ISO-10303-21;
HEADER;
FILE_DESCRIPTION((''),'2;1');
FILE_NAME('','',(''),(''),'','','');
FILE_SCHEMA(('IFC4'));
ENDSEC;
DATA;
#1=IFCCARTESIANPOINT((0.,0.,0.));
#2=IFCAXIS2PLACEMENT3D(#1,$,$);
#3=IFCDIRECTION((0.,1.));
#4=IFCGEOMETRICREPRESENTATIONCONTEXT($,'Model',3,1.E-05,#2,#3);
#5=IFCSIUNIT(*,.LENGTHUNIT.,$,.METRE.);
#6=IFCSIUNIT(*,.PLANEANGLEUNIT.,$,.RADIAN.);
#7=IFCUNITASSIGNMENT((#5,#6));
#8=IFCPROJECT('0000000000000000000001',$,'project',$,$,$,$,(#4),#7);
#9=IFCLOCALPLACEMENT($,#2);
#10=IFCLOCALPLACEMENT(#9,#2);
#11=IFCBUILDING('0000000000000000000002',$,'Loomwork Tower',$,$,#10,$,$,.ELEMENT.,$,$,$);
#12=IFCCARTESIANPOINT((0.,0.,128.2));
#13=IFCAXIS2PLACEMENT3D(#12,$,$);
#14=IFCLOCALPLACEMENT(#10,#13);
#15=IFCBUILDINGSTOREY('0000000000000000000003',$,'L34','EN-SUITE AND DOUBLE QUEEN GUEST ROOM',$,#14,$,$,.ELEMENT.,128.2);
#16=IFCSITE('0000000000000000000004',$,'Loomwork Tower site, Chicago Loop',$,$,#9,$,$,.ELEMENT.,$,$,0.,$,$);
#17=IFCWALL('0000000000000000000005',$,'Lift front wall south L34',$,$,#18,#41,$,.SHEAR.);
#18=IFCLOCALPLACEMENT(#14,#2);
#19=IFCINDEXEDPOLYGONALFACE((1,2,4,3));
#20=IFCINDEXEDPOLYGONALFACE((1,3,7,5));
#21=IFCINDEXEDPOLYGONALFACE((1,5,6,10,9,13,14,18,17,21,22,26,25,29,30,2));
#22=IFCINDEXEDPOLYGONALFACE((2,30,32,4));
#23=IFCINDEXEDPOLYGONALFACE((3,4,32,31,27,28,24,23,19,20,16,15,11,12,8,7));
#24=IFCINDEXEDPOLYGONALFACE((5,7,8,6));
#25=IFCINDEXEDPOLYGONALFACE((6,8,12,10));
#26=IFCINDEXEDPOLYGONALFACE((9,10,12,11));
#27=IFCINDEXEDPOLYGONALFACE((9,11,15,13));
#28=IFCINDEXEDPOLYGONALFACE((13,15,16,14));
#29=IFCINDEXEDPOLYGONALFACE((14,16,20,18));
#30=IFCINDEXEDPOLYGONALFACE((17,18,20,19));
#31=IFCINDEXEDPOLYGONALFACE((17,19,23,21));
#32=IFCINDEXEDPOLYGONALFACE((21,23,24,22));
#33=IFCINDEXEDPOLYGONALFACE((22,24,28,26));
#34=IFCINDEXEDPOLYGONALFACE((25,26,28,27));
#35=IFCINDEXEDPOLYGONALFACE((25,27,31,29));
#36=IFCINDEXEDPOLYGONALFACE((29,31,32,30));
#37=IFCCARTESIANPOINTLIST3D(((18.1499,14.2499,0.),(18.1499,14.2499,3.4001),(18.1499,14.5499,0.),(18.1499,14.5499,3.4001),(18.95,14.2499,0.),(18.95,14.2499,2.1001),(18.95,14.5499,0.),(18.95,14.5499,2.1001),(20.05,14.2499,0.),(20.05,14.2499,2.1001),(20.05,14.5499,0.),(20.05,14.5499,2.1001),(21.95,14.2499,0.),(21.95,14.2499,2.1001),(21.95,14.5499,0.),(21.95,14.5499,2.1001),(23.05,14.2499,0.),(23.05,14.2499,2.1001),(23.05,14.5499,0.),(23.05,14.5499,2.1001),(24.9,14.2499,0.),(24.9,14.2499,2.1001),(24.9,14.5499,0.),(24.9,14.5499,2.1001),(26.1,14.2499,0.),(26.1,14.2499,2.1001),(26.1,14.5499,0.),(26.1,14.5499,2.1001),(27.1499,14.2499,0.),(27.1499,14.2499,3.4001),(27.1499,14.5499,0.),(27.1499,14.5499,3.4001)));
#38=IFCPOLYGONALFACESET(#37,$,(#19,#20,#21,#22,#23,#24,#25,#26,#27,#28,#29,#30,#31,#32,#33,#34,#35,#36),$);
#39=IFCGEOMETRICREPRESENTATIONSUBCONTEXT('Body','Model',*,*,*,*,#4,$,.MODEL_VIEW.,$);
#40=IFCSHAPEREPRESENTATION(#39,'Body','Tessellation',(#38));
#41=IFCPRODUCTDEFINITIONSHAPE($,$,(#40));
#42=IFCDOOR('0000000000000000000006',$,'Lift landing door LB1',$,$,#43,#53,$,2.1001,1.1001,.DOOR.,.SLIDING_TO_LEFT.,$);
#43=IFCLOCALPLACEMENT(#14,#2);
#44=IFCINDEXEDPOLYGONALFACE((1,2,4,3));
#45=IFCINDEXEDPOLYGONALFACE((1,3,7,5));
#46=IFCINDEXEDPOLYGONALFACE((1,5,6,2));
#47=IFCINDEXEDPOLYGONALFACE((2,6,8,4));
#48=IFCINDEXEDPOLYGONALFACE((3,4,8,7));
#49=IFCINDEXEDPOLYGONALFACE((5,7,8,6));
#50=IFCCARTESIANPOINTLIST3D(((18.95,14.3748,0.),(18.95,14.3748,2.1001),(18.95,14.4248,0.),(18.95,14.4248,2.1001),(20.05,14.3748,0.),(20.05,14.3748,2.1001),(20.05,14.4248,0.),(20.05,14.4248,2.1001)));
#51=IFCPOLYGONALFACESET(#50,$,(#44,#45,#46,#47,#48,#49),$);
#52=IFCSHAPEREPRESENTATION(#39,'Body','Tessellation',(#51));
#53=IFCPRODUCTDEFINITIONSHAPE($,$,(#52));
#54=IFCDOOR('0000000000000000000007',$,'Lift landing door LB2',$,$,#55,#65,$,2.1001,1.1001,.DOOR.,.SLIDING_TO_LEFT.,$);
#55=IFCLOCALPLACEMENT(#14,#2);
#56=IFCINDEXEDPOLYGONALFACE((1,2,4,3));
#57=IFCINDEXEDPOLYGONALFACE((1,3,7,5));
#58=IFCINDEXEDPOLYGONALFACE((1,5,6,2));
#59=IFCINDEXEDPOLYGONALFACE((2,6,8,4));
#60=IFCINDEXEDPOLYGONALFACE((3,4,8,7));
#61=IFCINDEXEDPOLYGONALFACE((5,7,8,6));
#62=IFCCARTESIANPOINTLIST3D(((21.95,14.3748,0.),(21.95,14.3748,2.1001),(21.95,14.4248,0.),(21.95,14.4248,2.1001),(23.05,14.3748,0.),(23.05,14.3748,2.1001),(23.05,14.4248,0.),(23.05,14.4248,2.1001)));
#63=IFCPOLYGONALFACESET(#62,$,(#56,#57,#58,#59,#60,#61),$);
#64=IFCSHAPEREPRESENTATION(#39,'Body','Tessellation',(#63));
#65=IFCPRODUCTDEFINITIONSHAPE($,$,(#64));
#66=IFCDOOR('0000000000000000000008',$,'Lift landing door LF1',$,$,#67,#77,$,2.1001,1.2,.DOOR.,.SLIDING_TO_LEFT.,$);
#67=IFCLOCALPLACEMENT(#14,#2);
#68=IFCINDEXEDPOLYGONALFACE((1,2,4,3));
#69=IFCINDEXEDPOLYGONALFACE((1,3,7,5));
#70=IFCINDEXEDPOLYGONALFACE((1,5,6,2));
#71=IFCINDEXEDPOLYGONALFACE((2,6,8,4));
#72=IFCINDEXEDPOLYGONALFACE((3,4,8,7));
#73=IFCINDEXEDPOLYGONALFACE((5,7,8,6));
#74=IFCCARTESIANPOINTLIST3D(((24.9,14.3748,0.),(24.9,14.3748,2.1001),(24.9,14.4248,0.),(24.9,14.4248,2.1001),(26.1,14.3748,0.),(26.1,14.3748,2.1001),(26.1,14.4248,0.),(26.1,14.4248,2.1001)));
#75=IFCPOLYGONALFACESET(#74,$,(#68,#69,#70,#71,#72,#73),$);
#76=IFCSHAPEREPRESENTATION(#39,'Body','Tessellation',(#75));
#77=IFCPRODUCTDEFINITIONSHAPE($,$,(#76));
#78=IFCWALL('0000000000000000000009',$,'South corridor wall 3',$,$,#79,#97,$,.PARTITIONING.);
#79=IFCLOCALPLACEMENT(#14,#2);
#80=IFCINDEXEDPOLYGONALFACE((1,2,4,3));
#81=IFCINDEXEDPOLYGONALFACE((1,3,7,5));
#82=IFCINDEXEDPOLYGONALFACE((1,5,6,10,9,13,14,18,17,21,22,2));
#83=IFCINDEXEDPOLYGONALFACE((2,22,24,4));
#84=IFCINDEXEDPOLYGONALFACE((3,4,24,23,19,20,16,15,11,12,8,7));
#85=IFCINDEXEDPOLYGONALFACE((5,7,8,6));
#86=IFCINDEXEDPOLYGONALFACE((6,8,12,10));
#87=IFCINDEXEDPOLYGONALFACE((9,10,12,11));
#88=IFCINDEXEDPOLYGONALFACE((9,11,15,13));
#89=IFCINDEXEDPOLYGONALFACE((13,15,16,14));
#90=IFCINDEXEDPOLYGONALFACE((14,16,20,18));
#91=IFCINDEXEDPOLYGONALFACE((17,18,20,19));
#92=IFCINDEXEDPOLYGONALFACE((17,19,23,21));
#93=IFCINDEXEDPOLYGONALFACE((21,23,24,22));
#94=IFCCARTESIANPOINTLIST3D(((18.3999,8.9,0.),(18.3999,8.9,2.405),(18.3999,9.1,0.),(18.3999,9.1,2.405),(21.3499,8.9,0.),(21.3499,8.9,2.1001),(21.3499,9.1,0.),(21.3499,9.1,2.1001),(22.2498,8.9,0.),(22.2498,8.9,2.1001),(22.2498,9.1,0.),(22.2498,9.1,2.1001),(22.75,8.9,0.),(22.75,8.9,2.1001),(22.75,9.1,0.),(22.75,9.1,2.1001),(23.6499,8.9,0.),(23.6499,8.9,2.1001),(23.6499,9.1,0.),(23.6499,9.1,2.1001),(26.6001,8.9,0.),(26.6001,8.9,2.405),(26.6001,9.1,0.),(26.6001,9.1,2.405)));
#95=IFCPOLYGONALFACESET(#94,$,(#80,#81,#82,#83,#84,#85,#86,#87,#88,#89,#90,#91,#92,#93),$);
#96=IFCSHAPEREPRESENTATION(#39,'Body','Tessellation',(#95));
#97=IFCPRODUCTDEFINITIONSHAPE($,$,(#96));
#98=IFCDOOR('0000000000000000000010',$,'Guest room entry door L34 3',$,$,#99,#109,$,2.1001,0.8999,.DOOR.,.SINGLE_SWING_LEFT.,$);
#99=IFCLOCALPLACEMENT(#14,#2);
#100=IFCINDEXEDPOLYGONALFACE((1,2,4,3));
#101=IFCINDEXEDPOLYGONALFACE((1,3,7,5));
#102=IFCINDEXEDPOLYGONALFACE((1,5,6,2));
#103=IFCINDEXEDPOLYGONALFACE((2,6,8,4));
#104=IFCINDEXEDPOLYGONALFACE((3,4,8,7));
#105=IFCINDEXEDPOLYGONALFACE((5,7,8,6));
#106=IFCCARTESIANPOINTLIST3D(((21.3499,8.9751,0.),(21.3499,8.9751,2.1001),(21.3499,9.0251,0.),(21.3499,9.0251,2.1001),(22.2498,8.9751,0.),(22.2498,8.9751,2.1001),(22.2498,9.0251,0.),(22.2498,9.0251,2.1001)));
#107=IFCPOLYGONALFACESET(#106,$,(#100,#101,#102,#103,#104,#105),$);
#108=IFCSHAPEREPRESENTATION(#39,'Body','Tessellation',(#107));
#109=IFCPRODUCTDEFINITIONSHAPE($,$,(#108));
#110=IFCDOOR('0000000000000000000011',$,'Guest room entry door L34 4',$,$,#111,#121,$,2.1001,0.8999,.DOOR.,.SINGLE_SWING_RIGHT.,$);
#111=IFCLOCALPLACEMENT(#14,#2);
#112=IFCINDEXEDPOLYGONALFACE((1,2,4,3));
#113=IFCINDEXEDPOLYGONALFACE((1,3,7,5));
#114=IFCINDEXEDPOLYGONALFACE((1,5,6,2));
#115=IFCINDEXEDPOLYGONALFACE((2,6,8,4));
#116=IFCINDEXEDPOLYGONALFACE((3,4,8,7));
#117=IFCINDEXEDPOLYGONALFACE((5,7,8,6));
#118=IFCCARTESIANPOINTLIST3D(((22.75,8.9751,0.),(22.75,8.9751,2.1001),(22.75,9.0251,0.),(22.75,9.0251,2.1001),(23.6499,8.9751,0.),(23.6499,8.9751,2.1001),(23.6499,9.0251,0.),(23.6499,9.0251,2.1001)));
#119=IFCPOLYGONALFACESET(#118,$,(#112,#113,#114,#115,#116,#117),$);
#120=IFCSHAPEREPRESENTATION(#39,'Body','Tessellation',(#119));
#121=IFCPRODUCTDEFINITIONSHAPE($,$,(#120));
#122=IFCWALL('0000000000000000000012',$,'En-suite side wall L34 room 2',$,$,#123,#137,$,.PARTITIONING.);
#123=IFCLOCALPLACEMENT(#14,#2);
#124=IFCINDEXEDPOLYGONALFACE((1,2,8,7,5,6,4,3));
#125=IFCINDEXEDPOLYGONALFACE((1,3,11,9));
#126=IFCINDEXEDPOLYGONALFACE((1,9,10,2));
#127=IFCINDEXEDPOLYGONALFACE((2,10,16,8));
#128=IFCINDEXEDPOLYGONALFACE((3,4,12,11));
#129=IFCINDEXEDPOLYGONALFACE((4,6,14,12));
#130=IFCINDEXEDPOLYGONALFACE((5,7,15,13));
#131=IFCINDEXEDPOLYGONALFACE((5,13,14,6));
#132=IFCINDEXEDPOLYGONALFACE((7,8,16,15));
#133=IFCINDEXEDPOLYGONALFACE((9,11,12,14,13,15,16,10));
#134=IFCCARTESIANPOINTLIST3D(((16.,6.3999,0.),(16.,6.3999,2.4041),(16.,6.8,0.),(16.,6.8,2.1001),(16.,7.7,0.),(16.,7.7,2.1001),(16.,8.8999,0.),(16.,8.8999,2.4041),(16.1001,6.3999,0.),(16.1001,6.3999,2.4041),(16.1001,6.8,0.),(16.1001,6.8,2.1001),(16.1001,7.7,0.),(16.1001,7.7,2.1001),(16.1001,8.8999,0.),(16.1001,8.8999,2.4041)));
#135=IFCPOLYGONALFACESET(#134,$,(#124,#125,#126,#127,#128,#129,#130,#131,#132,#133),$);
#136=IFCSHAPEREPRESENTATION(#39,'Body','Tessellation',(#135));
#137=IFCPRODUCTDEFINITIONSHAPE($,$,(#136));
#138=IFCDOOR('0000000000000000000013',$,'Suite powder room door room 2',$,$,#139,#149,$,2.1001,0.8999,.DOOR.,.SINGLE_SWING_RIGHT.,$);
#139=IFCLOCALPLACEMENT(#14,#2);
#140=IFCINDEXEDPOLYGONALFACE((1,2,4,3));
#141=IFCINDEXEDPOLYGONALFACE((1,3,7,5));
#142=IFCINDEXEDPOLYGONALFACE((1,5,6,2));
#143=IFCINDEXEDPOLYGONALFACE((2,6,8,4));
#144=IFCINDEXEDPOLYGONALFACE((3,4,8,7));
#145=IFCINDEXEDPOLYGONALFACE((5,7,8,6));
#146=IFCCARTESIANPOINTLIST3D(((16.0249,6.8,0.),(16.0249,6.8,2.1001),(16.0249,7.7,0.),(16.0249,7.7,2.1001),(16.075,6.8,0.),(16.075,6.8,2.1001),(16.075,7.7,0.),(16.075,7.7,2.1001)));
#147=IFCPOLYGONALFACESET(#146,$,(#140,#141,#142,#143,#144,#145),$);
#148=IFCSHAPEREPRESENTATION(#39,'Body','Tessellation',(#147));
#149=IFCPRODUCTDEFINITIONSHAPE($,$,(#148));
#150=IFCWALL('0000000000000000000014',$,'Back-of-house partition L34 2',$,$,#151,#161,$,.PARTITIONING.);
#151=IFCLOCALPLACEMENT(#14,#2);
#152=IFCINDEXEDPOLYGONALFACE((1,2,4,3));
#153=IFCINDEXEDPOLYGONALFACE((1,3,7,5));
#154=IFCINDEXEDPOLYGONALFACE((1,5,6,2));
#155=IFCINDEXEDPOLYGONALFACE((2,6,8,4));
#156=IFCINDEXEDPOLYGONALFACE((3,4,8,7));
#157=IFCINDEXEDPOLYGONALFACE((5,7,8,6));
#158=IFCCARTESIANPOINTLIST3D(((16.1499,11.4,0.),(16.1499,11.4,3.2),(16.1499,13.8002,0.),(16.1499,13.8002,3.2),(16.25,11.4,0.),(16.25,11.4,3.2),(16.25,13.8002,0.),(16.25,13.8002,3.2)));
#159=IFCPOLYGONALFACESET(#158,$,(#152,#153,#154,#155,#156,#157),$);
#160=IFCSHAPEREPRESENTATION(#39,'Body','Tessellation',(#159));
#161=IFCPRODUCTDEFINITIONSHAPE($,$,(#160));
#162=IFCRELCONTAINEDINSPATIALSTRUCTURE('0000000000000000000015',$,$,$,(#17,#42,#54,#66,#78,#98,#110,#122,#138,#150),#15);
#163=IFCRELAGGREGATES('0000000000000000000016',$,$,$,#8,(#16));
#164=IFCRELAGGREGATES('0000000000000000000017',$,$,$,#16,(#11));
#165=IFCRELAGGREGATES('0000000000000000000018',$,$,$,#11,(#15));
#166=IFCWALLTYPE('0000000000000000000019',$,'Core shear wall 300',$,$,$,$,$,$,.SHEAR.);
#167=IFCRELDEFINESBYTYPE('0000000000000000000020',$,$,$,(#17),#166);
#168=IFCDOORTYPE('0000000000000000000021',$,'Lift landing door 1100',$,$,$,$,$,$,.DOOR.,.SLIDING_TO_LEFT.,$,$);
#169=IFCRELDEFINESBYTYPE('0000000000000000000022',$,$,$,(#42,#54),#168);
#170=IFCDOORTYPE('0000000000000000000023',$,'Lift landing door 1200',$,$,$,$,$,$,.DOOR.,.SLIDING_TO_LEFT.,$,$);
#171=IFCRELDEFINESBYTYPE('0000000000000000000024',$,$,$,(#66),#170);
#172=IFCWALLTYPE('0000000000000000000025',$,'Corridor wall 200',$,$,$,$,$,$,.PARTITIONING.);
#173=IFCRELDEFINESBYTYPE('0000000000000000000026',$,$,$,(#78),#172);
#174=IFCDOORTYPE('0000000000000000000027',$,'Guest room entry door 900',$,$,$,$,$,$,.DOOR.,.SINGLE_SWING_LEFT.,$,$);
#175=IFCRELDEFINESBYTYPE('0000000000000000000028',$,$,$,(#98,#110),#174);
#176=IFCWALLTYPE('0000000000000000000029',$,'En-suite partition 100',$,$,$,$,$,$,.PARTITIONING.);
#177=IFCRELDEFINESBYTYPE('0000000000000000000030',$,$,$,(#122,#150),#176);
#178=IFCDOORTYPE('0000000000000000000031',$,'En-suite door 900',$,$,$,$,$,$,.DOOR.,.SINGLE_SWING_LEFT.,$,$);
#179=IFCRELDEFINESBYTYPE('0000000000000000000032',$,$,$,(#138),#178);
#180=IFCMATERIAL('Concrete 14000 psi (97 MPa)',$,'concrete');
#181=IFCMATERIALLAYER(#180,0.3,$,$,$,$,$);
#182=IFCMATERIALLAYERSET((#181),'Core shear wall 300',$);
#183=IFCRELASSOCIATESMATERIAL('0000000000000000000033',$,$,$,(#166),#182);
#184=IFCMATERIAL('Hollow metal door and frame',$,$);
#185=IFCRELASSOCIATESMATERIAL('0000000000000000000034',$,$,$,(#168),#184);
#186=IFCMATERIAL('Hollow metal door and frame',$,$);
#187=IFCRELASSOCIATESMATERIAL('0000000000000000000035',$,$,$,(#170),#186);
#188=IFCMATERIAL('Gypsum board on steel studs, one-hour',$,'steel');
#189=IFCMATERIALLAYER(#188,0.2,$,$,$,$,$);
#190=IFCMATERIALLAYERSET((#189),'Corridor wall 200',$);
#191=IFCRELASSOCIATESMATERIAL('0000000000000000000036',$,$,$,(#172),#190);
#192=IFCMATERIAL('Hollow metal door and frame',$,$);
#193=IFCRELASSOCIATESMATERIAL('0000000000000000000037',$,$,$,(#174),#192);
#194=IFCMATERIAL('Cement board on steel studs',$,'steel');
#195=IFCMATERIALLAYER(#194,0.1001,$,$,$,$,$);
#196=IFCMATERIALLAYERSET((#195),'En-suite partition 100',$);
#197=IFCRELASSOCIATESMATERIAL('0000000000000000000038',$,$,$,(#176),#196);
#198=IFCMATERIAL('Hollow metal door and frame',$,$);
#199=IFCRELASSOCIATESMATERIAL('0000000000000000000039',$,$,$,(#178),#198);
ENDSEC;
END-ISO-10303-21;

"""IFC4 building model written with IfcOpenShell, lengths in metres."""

from ifc_helpers import new_model, si_unit, direction, frame, frame_2d, origin, place, context, subcontext, project, spatial, rectangle, extrude, material, layer, layer_set, type_object, element, fill, save


model = new_model("IFC4")

# Units and contexts
model_context = context("Model", 3, precision=1e-05, world=origin(), true_north=direction((0.0, 1.0)))
body_context = subcontext(model_context, "Body", "Model", "MODEL_VIEW")
ifc_project = project(units=[si_unit("LENGTHUNIT", "METRE"), si_unit("PLANEANGLEUNIT", "RADIAN")], contexts=[model_context])

# Site, building, storey
site_placement = place(None, origin())
site = spatial("IfcSite", under=ifc_project, at=site_placement, Name="Loomwork Tower site, Chicago Loop", CompositionType="ELEMENT", RefElevation=0.0)
building_placement = place(site_placement, origin())
building = spatial("IfcBuilding", under=site, at=building_placement, Name="Loomwork Tower", CompositionType="ELEMENT")
storey_placement = place(building_placement, frame((0.0, 0.0, 128.2)))
storey = spatial("IfcBuildingStorey", under=building, at=storey_placement, Name="L34", Description="EN-SUITE AND DOUBLE QUEEN GUEST ROOM", CompositionType="ELEMENT", Elevation=128.2)

# Walls, openings, doors
ifc_material_1 = material(Name="Concrete 14000 psi (97 MPa)", Category="concrete")
ifc_layer_1 = layer(ifc_material_1, 0.3)
ifc_layer_set_1 = layer_set([ifc_layer_1], Name="Core shear wall 300")
wall_type_1 = type_object("IfcWallType", Name="Core shear wall 300", PredefinedType="SHEAR", material=ifc_layer_set_1)
wall_1_placement = place(storey_placement, frame((18.1499, 14.3999, 0.0), z_axis=(0.0, 0.0, 1.0), x_axis=(1.0, 0.0, 0.0)))
wall_1 = element("IfcWall", 1, at=wall_1_placement, inside=storey, type_object=wall_type_1, Name="Lift front wall south L34", PredefinedType="SHEAR", context=body_context, shape_type="SweptSolid", body=[
    extrude(rectangle(XDim=9.0, YDim=0.3, at=frame_2d((4.5, 0.0))), origin(), (0.0, 0.0, 1.0), 3.4001),
])
opening_1_placement = place(wall_1_placement, frame((0.8, 0.0, 0.0)))
opening_1 = element("IfcOpeningElement", 2, at=opening_1_placement, cuts=wall_1, PredefinedType="OPENING", context=body_context, shape_type="SweptSolid", body=[
    extrude(rectangle(XDim=1.1001, YDim=2.1001, at=frame_2d((0.55, 1.05))), frame((0.0, 0.1599, 0.0), z_axis=(0.0, -1.0, 0.0), x_axis=(1.0, 0.0, 0.0)), (0.0, 0.0, 1.0), 0.3201),
])
opening_2_placement = place(wall_1_placement, frame((3.8, 0.0, 0.0)))
opening_2 = element("IfcOpeningElement", 3, at=opening_2_placement, cuts=wall_1, PredefinedType="OPENING", context=body_context, shape_type="SweptSolid", body=[
    extrude(rectangle(XDim=1.1001, YDim=2.1001, at=frame_2d((0.55, 1.05))), frame((0.0, 0.1599, 0.0), z_axis=(0.0, -1.0, 0.0), x_axis=(1.0, 0.0, 0.0)), (0.0, 0.0, 1.0), 0.3201),
])
opening_3_placement = place(wall_1_placement, frame((6.75, 0.0, 0.0)))
opening_3 = element("IfcOpeningElement", 4, at=opening_3_placement, cuts=wall_1, PredefinedType="OPENING", context=body_context, shape_type="SweptSolid", body=[
    extrude(rectangle(XDim=1.2, YDim=2.1001, at=frame_2d((0.6001, 1.05))), frame((0.0, 0.1599, 0.0), z_axis=(0.0, -1.0, 0.0), x_axis=(1.0, 0.0, 0.0)), (0.0, 0.0, 1.0), 0.3201),
])
ifc_material_2 = material(Name="Hollow metal door and frame")
door_type_1 = type_object("IfcDoorType", Name="Lift landing door 1100", OperationType="SLIDING_TO_LEFT", PredefinedType="DOOR", material=ifc_material_2)
door_1_placement = place(opening_1_placement, origin())
door_1 = element("IfcDoor", 5, at=door_1_placement, inside=storey, type_object=door_type_1, Name="Lift landing door LB1", OperationType="SLIDING_TO_LEFT", OverallHeight=2.1001, OverallWidth=1.1001, PredefinedType="DOOR", context=body_context, shape_type="SweptSolid", body=[
    extrude(rectangle(XDim=1.1001, YDim=2.1001, at=frame_2d((0.55, 1.05))), frame((0.0, 0.0249, 0.0), z_axis=(0.0, -1.0, 0.0), x_axis=(1.0, 0.0, 0.0)), (0.0, 0.0, 1.0), 0.05),
])
fill(opening_1, door_1)
door_2_placement = place(opening_2_placement, origin())
door_2 = element("IfcDoor", 6, at=door_2_placement, inside=storey, type_object=door_type_1, Name="Lift landing door LB2", OperationType="SLIDING_TO_LEFT", OverallHeight=2.1001, OverallWidth=1.1001, PredefinedType="DOOR", context=body_context, shape_type="SweptSolid", body=[
    extrude(rectangle(XDim=1.1001, YDim=2.1001, at=frame_2d((0.55, 1.05))), frame((0.0, 0.0249, 0.0), z_axis=(0.0, -1.0, 0.0), x_axis=(1.0, 0.0, 0.0)), (0.0, 0.0, 1.0), 0.05),
])
fill(opening_2, door_2)
ifc_material_3 = material(Name="Hollow metal door and frame")
door_type_2 = type_object("IfcDoorType", Name="Lift landing door 1200", OperationType="SLIDING_TO_LEFT", PredefinedType="DOOR", material=ifc_material_3)
door_3_placement = place(opening_3_placement, origin())
door_3 = element("IfcDoor", 7, at=door_3_placement, inside=storey, type_object=door_type_2, Name="Lift landing door LF1", OperationType="SLIDING_TO_LEFT", OverallHeight=2.1001, OverallWidth=1.2, PredefinedType="DOOR", context=body_context, shape_type="SweptSolid", body=[
    extrude(rectangle(XDim=1.2, YDim=2.1001, at=frame_2d((0.6001, 1.05))), frame((0.0, 0.0249, 0.0), z_axis=(0.0, -1.0, 0.0), x_axis=(1.0, 0.0, 0.0)), (0.0, 0.0, 1.0), 0.05),
])
fill(opening_3, door_3)
ifc_material_4 = material(Name="Gypsum board on steel studs, one-hour", Category="steel")
ifc_layer_2 = layer(ifc_material_4, 0.2)
ifc_layer_set_2 = layer_set([ifc_layer_2], Name="Corridor wall 200")
wall_type_2 = type_object("IfcWallType", Name="Corridor wall 200", PredefinedType="PARTITIONING", material=ifc_layer_set_2)
wall_2_placement = place(storey_placement, frame((18.3999, 9.0, 0.0), z_axis=(0.0, 0.0, 1.0), x_axis=(1.0, 0.0, 0.0)))
wall_2 = element("IfcWall", 8, at=wall_2_placement, inside=storey, type_object=wall_type_2, Name="South corridor wall 3", PredefinedType="PARTITIONING", context=body_context, shape_type="SweptSolid", body=[
    extrude(rectangle(XDim=8.2002, YDim=0.2, at=frame_2d((4.1001, 0.0))), origin(), (0.0, 0.0, 1.0), 2.405),
])
opening_4_placement = place(wall_2_placement, frame((2.95, 0.0, 0.0)))
opening_4 = element("IfcOpeningElement", 9, at=opening_4_placement, cuts=wall_2, PredefinedType="OPENING", context=body_context, shape_type="SweptSolid", body=[
    extrude(rectangle(XDim=0.8999, YDim=2.1001, at=frame_2d((0.45, 1.05))), frame((0.0, 0.1099, 0.0), z_axis=(0.0, -1.0, 0.0), x_axis=(1.0, 0.0, 0.0)), (0.0, 0.0, 1.0), 0.22),
])
opening_5_placement = place(wall_2_placement, frame((4.3501, 0.0, 0.0)))
opening_5 = element("IfcOpeningElement", 10, at=opening_5_placement, cuts=wall_2, PredefinedType="OPENING", context=body_context, shape_type="SweptSolid", body=[
    extrude(rectangle(XDim=0.8999, YDim=2.1001, at=frame_2d((0.45, 1.05))), frame((0.0, 0.1099, 0.0), z_axis=(0.0, -1.0, 0.0), x_axis=(1.0, 0.0, 0.0)), (0.0, 0.0, 1.0), 0.22),
])
ifc_material_5 = material(Name="Hollow metal door and frame")
door_type_3 = type_object("IfcDoorType", Name="Guest room entry door 900", OperationType="SINGLE_SWING_LEFT", PredefinedType="DOOR", material=ifc_material_5)
door_4_placement = place(opening_4_placement, frame((0.8999, 0.0, 0.0), z_axis=(0.0, 0.0, 1.0), x_axis=(-1.0, 0.0, 0.0)))
door_4 = element("IfcDoor", 11, at=door_4_placement, inside=storey, type_object=door_type_3, Name="Guest room entry door L34 3", OperationType="SINGLE_SWING_LEFT", OverallHeight=2.1001, OverallWidth=0.8999, PredefinedType="DOOR", context=body_context, shape_type="SweptSolid", body=[
    extrude(rectangle(XDim=0.8999, YDim=2.1001, at=frame_2d((0.45, 1.05))), frame((0.0, 0.0249, 0.0), z_axis=(0.0, -1.0, 0.0), x_axis=(1.0, 0.0, 0.0)), (0.0, 0.0, 1.0), 0.05),
])
fill(opening_4, door_4)
door_5_placement = place(opening_5_placement, frame((0.8999, 0.0, 0.0), z_axis=(0.0, 0.0, 1.0), x_axis=(-1.0, 0.0, 0.0)))
door_5 = element("IfcDoor", 12, at=door_5_placement, inside=storey, type_object=door_type_3, Name="Guest room entry door L34 4", OperationType="SINGLE_SWING_RIGHT", OverallHeight=2.1001, OverallWidth=0.8999, PredefinedType="DOOR", context=body_context, shape_type="SweptSolid", body=[
    extrude(rectangle(XDim=0.8999, YDim=2.1001, at=frame_2d((0.45, 1.05))), frame((0.0, 0.0249, 0.0), z_axis=(0.0, -1.0, 0.0), x_axis=(1.0, 0.0, 0.0)), (0.0, 0.0, 1.0), 0.05),
])
fill(opening_5, door_5)

# Wall, opening, door
ifc_material_6 = material(Name="Cement board on steel studs", Category="steel")
ifc_layer_3 = layer(ifc_material_6, 0.1001)
ifc_layer_set_3 = layer_set([ifc_layer_3], Name="En-suite partition 100")
wall_type_3 = type_object("IfcWallType", Name="En-suite partition 100", PredefinedType="PARTITIONING", material=ifc_layer_set_3)
wall_3_placement = place(storey_placement, frame((16.05, 8.8999, 0.0), z_axis=(0.0, 0.0, 1.0), x_axis=(0.0, -1.0, 0.0)))
wall_3 = element("IfcWall", 13, at=wall_3_placement, inside=storey, type_object=wall_type_3, Name="En-suite side wall L34 room 2", PredefinedType="PARTITIONING", context=body_context, shape_type="SweptSolid", body=[
    extrude(rectangle(XDim=2.5, YDim=0.1001, at=frame_2d((1.25, 0.0))), origin(), (0.0, 0.0, 1.0), 2.4041),
])
opening_6_placement = place(wall_3_placement, frame((1.2, 0.0, 0.0)))
opening_6 = element("IfcOpeningElement", 14, at=opening_6_placement, cuts=wall_3, PredefinedType="OPENING", context=body_context, shape_type="SweptSolid", body=[
    extrude(rectangle(XDim=0.8999, YDim=2.1001, at=frame_2d((0.45, 1.05))), frame((0.0, 0.0601, 0.0), z_axis=(0.0, -1.0, 0.0), x_axis=(1.0, 0.0, 0.0)), (0.0, 0.0, 1.0), 0.1201),
])
ifc_material_7 = material(Name="Hollow metal door and frame")
door_type_4 = type_object("IfcDoorType", Name="En-suite door 900", OperationType="SINGLE_SWING_LEFT", PredefinedType="DOOR", material=ifc_material_7)
door_6_placement = place(opening_6_placement, origin())
door_6 = element("IfcDoor", 15, at=door_6_placement, inside=storey, type_object=door_type_4, Name="Suite powder room door room 2", OperationType="SINGLE_SWING_RIGHT", OverallHeight=2.1001, OverallWidth=0.8999, PredefinedType="DOOR", context=body_context, shape_type="SweptSolid", body=[
    extrude(rectangle(XDim=0.8999, YDim=2.1001, at=frame_2d((0.45, 1.05))), frame((0.0, 0.0249, 0.0), z_axis=(0.0, -1.0, 0.0), x_axis=(1.0, 0.0, 0.0)), (0.0, 0.0, 1.0), 0.05),
])
fill(opening_6, door_6)

# Wall
wall_4_placement = place(storey_placement, frame((16.2, 11.3999, 0.0), z_axis=(0.0, 0.0, 1.0), x_axis=(0.0, 1.0, 0.0)))
element("IfcWall", 16, at=wall_4_placement, inside=storey, type_object=wall_type_3, Name="Back-of-house partition L34 2", PredefinedType="PARTITIONING", context=body_context, shape_type="SweptSolid", body=[
    extrude(rectangle(XDim=2.4001, YDim=0.1001, at=frame_2d((1.2002, 0.0))), origin(), (0.0, 0.0, 1.0), 3.2),
])

save(model, "model.ifc")
